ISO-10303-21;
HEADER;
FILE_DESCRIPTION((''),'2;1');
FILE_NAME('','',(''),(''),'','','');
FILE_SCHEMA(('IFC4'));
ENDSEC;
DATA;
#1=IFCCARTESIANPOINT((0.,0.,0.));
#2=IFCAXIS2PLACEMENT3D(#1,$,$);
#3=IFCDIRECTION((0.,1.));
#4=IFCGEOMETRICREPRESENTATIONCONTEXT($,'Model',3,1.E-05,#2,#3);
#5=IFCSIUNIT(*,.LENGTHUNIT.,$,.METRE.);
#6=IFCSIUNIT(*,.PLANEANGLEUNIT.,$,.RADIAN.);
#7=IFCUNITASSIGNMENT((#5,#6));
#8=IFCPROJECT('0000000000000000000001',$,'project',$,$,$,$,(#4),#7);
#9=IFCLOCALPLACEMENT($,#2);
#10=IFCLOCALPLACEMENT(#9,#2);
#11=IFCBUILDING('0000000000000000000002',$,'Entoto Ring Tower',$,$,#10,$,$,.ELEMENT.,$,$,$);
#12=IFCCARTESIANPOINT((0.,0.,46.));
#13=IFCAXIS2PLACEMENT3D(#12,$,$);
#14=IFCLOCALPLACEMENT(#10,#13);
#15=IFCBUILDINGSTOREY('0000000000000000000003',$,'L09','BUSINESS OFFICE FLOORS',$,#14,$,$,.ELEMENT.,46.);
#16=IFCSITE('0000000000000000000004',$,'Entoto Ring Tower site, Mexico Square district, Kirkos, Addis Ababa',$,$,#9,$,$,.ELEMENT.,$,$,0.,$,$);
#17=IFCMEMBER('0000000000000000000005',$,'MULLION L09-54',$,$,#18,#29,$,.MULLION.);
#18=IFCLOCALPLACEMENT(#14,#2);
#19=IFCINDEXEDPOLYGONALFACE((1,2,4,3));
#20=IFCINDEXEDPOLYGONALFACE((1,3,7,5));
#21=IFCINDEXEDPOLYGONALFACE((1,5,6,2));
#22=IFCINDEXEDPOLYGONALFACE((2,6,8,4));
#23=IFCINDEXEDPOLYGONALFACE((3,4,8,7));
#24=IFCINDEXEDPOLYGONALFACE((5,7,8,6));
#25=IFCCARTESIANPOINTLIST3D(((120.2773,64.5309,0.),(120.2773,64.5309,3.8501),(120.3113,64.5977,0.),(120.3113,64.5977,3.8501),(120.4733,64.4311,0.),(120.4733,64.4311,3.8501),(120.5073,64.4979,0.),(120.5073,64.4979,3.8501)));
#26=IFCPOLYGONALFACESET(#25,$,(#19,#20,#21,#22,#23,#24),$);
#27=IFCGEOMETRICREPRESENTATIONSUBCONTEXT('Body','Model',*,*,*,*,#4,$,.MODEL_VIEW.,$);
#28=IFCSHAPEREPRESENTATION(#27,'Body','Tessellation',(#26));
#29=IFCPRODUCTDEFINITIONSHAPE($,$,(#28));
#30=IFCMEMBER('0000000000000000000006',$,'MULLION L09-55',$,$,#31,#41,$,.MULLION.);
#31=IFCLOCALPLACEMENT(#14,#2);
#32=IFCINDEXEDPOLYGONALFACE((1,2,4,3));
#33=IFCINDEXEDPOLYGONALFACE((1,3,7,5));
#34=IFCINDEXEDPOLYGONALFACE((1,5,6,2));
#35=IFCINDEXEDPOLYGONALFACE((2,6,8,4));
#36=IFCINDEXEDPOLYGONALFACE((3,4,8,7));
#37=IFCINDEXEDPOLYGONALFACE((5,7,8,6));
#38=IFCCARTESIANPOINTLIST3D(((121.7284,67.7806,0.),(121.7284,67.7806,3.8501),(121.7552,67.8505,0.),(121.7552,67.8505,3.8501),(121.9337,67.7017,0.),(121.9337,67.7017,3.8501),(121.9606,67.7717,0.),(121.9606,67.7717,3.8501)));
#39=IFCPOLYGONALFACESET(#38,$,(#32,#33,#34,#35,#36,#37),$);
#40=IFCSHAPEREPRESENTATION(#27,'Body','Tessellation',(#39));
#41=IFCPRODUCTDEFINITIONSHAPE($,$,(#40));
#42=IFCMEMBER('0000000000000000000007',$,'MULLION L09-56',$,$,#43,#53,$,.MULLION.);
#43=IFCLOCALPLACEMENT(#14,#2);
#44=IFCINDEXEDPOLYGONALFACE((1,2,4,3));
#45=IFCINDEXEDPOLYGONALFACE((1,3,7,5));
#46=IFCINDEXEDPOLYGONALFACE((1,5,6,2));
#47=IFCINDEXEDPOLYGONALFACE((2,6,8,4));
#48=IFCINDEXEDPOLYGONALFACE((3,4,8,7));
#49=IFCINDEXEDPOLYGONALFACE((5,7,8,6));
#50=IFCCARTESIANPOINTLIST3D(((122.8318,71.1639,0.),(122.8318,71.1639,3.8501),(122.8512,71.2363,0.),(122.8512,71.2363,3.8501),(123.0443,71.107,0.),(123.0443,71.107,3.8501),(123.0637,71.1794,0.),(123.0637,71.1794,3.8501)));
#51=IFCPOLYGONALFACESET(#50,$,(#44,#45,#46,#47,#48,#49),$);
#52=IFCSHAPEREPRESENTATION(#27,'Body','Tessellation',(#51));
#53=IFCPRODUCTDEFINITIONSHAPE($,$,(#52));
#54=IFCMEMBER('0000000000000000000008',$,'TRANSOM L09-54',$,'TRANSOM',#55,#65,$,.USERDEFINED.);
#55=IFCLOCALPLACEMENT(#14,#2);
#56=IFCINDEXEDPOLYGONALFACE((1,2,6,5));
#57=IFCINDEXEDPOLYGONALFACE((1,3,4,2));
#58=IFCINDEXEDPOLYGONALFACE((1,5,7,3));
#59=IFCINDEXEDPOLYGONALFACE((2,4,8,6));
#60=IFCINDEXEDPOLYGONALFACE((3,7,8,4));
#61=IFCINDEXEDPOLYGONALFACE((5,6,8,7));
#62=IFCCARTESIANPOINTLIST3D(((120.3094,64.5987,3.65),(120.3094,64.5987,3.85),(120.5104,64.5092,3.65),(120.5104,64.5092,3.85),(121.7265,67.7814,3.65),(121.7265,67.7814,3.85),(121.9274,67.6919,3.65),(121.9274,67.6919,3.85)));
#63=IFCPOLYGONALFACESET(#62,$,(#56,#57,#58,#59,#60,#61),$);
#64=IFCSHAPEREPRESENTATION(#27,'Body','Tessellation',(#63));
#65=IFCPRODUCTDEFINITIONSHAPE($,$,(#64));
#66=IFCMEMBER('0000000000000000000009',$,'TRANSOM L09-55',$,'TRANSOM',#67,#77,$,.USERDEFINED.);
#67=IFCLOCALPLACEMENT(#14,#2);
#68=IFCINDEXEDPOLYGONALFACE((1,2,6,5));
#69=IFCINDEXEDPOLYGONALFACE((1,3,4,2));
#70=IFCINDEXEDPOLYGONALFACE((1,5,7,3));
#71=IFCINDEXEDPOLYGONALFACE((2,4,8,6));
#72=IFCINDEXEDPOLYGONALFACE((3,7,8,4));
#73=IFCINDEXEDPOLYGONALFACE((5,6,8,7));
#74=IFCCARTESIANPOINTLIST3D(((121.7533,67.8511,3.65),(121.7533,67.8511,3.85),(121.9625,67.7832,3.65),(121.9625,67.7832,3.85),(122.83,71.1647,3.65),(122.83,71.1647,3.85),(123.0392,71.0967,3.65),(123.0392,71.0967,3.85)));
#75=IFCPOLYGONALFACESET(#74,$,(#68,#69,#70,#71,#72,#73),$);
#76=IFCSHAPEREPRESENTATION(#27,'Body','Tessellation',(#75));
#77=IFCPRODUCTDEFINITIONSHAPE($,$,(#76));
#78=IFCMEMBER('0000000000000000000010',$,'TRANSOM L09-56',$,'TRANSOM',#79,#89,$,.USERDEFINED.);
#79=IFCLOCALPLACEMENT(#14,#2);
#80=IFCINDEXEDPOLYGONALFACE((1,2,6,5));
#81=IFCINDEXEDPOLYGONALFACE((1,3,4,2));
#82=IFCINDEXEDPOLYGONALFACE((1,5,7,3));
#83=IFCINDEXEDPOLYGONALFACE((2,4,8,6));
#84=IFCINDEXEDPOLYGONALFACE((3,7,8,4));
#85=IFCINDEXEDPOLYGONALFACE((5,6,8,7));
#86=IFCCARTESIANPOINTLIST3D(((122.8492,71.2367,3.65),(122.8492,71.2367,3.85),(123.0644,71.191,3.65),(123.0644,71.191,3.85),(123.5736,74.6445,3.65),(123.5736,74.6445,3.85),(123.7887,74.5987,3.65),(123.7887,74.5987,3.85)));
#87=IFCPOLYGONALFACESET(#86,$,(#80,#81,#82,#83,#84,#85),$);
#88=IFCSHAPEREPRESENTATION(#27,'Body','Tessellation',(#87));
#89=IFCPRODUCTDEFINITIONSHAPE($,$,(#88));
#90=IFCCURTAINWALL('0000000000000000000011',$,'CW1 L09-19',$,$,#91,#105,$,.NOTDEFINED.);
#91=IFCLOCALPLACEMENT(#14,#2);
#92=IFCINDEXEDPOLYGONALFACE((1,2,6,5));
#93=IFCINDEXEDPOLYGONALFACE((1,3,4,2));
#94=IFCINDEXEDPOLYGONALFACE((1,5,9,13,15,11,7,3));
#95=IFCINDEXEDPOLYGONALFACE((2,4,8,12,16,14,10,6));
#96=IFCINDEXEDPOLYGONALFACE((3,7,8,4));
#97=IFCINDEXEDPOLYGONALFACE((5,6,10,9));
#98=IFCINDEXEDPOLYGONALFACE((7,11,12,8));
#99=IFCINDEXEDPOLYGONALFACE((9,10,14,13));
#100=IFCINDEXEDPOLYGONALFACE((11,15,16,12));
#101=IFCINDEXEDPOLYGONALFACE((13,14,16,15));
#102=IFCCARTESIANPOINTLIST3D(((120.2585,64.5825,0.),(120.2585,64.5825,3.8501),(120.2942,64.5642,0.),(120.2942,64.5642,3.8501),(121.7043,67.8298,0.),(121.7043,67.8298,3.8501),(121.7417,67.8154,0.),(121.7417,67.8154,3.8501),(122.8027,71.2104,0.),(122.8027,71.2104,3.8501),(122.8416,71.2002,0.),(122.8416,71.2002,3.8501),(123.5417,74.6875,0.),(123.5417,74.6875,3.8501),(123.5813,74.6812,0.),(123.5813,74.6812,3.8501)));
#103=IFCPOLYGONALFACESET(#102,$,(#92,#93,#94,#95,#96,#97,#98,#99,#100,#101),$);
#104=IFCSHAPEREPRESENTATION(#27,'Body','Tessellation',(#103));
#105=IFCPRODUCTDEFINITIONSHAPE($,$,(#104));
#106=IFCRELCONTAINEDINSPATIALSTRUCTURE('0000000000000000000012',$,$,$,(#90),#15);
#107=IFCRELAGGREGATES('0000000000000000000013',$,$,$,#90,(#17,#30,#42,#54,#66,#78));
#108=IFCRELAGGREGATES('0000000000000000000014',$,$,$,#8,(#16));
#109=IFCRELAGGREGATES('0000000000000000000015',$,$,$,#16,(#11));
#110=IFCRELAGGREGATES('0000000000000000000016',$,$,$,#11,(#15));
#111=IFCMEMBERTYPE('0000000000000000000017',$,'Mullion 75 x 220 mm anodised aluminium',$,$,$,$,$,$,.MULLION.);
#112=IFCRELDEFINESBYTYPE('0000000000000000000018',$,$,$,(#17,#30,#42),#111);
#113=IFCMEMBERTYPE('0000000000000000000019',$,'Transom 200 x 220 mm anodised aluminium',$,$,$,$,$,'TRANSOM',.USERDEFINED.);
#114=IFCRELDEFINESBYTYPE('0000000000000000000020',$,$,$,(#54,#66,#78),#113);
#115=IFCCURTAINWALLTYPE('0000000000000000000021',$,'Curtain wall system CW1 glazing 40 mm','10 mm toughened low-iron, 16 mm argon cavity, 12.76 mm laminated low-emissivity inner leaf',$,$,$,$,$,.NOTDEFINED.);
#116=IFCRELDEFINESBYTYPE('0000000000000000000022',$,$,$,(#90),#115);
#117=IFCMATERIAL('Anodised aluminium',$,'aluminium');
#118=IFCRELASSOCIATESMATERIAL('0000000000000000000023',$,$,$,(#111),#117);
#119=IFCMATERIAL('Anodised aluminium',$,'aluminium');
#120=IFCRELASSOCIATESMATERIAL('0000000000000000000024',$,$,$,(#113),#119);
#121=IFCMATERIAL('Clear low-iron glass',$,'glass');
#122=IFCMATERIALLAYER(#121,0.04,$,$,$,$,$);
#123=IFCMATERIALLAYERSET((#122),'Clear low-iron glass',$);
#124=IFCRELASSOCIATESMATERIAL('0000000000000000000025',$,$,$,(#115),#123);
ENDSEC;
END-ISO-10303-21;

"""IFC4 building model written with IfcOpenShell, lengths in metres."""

from ifc_helpers import new_model, si_unit, direction, frame, origin, origin_2d, place, context, subcontext, project, spatial, polyline, rectangle, outline, extrude, material, layer, layer_set, material_profile, profile_set, type_object, element, aggregate, save


model = new_model("IFC4")

# Units and contexts
model_context = context("Model", 3, precision=1e-05, world=origin(), true_north=direction((0.0, 1.0)))
body_context = subcontext(model_context, "Body", "Model", "MODEL_VIEW")
ifc_project = project(units=[si_unit("LENGTHUNIT", "METRE"), si_unit("PLANEANGLEUNIT", "RADIAN")], contexts=[model_context])

# Members
ifc_material_1 = material(Name="Anodised aluminium", Category="aluminium")
ifc_material_profile_1 = material_profile(ifc_material_1, rectangle(XDim=0.075, YDim=0.22, at=origin_2d()), Name="Mullion 75 x 220 mm anodised aluminium")
ifc_profile_set_1 = profile_set([ifc_material_profile_1], Name="Anodised aluminium")
member_type_1 = type_object("IfcMemberType", Name="Mullion 75 x 220 mm anodised aluminium", PredefinedType="MULLION", material=ifc_profile_set_1)
site_placement = place(None, origin())
building_placement = place(site_placement, origin())
storey_placement = place(building_placement, frame((0.0, 0.0, 46.0)))
member_1_placement = place(storey_placement, frame((120.3923, 64.5144, 0.0), z_axis=(0.0, 0.0, 1.0), x_axis=(0.45399, 0.891007, 0.0)))
member_1 = element("IfcMember", 1, at=member_1_placement, type_object=member_type_1, Name="MULLION L09-54", PredefinedType="MULLION", context=body_context, shape_type="SweptSolid", body=[
    extrude(rectangle(XDim=0.075, YDim=0.22, at=origin_2d()), origin(), (0.0, 0.0, 1.0), 3.8501),
])
member_2_placement = place(storey_placement, frame((121.8445, 67.7761, 0.0), z_axis=(0.0, 0.0, 1.0), x_axis=(0.358368, 0.93358, 0.0)))
member_2 = element("IfcMember", 2, at=member_2_placement, type_object=member_type_1, Name="MULLION L09-55", PredefinedType="MULLION", context=body_context, shape_type="SweptSolid", body=[
    extrude(rectangle(XDim=0.075, YDim=0.22, at=origin_2d()), origin(), (0.0, 0.0, 1.0), 3.8501),
])
member_3_placement = place(storey_placement, frame((122.9478, 71.1716, 0.0), z_axis=(0.0, 0.0, 1.0), x_axis=(0.258819, 0.965926, 0.0)))
member_3 = element("IfcMember", 3, at=member_3_placement, type_object=member_type_1, Name="MULLION L09-56", PredefinedType="MULLION", context=body_context, shape_type="SweptSolid", body=[
    extrude(rectangle(XDim=0.075, YDim=0.22, at=origin_2d()), origin(), (0.0, 0.0, 1.0), 3.8501),
])
ifc_material_2 = material(Name="Anodised aluminium", Category="aluminium")
ifc_material_profile_2 = material_profile(ifc_material_2, rectangle(XDim=0.22, YDim=0.2, at=origin_2d()), Name="Transom 200 x 220 mm anodised aluminium")
ifc_profile_set_2 = profile_set([ifc_material_profile_2], Name="Anodised aluminium")
member_type_2 = type_object("IfcMemberType", Name="Transom 200 x 220 mm anodised aluminium", ElementType="TRANSOM", PredefinedType="USERDEFINED", material=ifc_profile_set_2)
member_4_placement = place(storey_placement, frame((120.4099, 64.554, 3.75), z_axis=(0.406737, 0.913545, 0.0), x_axis=(-0.913545, 0.406737, 0.0)))
member_4 = element("IfcMember", 4, at=member_4_placement, type_object=member_type_2, Name="TRANSOM L09-54", ObjectType="TRANSOM", PredefinedType="USERDEFINED", context=body_context, shape_type="SweptSolid", body=[
    extrude(rectangle(XDim=0.22, YDim=0.2, at=origin_2d()), origin(), (0.0, 0.0, 1.0), 3.4839),
])
member_5_placement = place(storey_placement, frame((121.8579, 67.8171, 3.75), z_axis=(0.309029, 0.951053, 0.0), x_axis=(-0.951053, 0.309029, 0.0)))
member_5 = element("IfcMember", 5, at=member_5_placement, type_object=member_type_2, Name="TRANSOM L09-55", ObjectType="TRANSOM", PredefinedType="USERDEFINED", context=body_context, shape_type="SweptSolid", body=[
    extrude(rectangle(XDim=0.22, YDim=0.2, at=origin_2d()), origin(), (0.0, 0.0, 1.0), 3.4841),
])
member_6_placement = place(storey_placement, frame((122.9568, 71.2139, 3.75), z_axis=(0.207921, 0.978146, 0.0), x_axis=(-0.978146, 0.207921, 0.0)))
member_6 = element("IfcMember", 6, at=member_6_placement, type_object=member_type_2, Name="TRANSOM L09-56", ObjectType="TRANSOM", PredefinedType="USERDEFINED", context=body_context, shape_type="SweptSolid", body=[
    extrude(rectangle(XDim=0.22, YDim=0.2, at=origin_2d()), origin(), (0.0, 0.0, 1.0), 3.4839),
])

# Site, building, storey
site = spatial("IfcSite", under=ifc_project, at=site_placement, Name="Entoto Ring Tower site, Mexico Square district, Kirkos, Addis Ababa", CompositionType="ELEMENT", RefElevation=0.0)
building = spatial("IfcBuilding", under=site, at=building_placement, Name="Entoto Ring Tower", CompositionType="ELEMENT")
storey = spatial("IfcBuildingStorey", under=building, at=storey_placement, Name="L09", Description="BUSINESS OFFICE FLOORS", CompositionType="ELEMENT", Elevation=46.0)

# Curtain wall
ifc_material_3 = material(Name="Clear low-iron glass", Category="glass")
ifc_layer_1 = layer(ifc_material_3, 0.04)
ifc_layer_set_1 = layer_set([ifc_layer_1], Name="Clear low-iron glass")
curtain_wall_type = type_object("IfcCurtainWallType", Name="Curtain wall system CW1 glazing 40 mm", Description="10 mm toughened low-iron, 16 mm argon cavity, 12.76 mm laminated low-emissivity inner leaf", PredefinedType="NOTDEFINED", material=ifc_layer_set_1)
curtain_wall_1_placement = place(storey_placement, origin())
curtain_wall_1 = element("IfcCurtainWall", 7, at=curtain_wall_1_placement, inside=storey, type_object=curtain_wall_type, Name="CW1 L09-19", PredefinedType="NOTDEFINED", context=body_context, shape_type="SweptSolid", body=[
    extrude(outline(polyline([(120.2942, 64.5642), (121.7417, 67.8154), (122.8416, 71.2002), (123.5813, 74.6812), (123.5417, 74.6875), (122.8027, 71.2104), (121.7043, 67.8298), (120.2585, 64.5825), (120.2942, 64.5642)])), origin(), (0.0, 0.0, 1.0), 3.8501),
])
aggregate(curtain_wall_1, [member_1, member_2, member_3, member_4, member_5, member_6])

save(model, "model.ifc")
